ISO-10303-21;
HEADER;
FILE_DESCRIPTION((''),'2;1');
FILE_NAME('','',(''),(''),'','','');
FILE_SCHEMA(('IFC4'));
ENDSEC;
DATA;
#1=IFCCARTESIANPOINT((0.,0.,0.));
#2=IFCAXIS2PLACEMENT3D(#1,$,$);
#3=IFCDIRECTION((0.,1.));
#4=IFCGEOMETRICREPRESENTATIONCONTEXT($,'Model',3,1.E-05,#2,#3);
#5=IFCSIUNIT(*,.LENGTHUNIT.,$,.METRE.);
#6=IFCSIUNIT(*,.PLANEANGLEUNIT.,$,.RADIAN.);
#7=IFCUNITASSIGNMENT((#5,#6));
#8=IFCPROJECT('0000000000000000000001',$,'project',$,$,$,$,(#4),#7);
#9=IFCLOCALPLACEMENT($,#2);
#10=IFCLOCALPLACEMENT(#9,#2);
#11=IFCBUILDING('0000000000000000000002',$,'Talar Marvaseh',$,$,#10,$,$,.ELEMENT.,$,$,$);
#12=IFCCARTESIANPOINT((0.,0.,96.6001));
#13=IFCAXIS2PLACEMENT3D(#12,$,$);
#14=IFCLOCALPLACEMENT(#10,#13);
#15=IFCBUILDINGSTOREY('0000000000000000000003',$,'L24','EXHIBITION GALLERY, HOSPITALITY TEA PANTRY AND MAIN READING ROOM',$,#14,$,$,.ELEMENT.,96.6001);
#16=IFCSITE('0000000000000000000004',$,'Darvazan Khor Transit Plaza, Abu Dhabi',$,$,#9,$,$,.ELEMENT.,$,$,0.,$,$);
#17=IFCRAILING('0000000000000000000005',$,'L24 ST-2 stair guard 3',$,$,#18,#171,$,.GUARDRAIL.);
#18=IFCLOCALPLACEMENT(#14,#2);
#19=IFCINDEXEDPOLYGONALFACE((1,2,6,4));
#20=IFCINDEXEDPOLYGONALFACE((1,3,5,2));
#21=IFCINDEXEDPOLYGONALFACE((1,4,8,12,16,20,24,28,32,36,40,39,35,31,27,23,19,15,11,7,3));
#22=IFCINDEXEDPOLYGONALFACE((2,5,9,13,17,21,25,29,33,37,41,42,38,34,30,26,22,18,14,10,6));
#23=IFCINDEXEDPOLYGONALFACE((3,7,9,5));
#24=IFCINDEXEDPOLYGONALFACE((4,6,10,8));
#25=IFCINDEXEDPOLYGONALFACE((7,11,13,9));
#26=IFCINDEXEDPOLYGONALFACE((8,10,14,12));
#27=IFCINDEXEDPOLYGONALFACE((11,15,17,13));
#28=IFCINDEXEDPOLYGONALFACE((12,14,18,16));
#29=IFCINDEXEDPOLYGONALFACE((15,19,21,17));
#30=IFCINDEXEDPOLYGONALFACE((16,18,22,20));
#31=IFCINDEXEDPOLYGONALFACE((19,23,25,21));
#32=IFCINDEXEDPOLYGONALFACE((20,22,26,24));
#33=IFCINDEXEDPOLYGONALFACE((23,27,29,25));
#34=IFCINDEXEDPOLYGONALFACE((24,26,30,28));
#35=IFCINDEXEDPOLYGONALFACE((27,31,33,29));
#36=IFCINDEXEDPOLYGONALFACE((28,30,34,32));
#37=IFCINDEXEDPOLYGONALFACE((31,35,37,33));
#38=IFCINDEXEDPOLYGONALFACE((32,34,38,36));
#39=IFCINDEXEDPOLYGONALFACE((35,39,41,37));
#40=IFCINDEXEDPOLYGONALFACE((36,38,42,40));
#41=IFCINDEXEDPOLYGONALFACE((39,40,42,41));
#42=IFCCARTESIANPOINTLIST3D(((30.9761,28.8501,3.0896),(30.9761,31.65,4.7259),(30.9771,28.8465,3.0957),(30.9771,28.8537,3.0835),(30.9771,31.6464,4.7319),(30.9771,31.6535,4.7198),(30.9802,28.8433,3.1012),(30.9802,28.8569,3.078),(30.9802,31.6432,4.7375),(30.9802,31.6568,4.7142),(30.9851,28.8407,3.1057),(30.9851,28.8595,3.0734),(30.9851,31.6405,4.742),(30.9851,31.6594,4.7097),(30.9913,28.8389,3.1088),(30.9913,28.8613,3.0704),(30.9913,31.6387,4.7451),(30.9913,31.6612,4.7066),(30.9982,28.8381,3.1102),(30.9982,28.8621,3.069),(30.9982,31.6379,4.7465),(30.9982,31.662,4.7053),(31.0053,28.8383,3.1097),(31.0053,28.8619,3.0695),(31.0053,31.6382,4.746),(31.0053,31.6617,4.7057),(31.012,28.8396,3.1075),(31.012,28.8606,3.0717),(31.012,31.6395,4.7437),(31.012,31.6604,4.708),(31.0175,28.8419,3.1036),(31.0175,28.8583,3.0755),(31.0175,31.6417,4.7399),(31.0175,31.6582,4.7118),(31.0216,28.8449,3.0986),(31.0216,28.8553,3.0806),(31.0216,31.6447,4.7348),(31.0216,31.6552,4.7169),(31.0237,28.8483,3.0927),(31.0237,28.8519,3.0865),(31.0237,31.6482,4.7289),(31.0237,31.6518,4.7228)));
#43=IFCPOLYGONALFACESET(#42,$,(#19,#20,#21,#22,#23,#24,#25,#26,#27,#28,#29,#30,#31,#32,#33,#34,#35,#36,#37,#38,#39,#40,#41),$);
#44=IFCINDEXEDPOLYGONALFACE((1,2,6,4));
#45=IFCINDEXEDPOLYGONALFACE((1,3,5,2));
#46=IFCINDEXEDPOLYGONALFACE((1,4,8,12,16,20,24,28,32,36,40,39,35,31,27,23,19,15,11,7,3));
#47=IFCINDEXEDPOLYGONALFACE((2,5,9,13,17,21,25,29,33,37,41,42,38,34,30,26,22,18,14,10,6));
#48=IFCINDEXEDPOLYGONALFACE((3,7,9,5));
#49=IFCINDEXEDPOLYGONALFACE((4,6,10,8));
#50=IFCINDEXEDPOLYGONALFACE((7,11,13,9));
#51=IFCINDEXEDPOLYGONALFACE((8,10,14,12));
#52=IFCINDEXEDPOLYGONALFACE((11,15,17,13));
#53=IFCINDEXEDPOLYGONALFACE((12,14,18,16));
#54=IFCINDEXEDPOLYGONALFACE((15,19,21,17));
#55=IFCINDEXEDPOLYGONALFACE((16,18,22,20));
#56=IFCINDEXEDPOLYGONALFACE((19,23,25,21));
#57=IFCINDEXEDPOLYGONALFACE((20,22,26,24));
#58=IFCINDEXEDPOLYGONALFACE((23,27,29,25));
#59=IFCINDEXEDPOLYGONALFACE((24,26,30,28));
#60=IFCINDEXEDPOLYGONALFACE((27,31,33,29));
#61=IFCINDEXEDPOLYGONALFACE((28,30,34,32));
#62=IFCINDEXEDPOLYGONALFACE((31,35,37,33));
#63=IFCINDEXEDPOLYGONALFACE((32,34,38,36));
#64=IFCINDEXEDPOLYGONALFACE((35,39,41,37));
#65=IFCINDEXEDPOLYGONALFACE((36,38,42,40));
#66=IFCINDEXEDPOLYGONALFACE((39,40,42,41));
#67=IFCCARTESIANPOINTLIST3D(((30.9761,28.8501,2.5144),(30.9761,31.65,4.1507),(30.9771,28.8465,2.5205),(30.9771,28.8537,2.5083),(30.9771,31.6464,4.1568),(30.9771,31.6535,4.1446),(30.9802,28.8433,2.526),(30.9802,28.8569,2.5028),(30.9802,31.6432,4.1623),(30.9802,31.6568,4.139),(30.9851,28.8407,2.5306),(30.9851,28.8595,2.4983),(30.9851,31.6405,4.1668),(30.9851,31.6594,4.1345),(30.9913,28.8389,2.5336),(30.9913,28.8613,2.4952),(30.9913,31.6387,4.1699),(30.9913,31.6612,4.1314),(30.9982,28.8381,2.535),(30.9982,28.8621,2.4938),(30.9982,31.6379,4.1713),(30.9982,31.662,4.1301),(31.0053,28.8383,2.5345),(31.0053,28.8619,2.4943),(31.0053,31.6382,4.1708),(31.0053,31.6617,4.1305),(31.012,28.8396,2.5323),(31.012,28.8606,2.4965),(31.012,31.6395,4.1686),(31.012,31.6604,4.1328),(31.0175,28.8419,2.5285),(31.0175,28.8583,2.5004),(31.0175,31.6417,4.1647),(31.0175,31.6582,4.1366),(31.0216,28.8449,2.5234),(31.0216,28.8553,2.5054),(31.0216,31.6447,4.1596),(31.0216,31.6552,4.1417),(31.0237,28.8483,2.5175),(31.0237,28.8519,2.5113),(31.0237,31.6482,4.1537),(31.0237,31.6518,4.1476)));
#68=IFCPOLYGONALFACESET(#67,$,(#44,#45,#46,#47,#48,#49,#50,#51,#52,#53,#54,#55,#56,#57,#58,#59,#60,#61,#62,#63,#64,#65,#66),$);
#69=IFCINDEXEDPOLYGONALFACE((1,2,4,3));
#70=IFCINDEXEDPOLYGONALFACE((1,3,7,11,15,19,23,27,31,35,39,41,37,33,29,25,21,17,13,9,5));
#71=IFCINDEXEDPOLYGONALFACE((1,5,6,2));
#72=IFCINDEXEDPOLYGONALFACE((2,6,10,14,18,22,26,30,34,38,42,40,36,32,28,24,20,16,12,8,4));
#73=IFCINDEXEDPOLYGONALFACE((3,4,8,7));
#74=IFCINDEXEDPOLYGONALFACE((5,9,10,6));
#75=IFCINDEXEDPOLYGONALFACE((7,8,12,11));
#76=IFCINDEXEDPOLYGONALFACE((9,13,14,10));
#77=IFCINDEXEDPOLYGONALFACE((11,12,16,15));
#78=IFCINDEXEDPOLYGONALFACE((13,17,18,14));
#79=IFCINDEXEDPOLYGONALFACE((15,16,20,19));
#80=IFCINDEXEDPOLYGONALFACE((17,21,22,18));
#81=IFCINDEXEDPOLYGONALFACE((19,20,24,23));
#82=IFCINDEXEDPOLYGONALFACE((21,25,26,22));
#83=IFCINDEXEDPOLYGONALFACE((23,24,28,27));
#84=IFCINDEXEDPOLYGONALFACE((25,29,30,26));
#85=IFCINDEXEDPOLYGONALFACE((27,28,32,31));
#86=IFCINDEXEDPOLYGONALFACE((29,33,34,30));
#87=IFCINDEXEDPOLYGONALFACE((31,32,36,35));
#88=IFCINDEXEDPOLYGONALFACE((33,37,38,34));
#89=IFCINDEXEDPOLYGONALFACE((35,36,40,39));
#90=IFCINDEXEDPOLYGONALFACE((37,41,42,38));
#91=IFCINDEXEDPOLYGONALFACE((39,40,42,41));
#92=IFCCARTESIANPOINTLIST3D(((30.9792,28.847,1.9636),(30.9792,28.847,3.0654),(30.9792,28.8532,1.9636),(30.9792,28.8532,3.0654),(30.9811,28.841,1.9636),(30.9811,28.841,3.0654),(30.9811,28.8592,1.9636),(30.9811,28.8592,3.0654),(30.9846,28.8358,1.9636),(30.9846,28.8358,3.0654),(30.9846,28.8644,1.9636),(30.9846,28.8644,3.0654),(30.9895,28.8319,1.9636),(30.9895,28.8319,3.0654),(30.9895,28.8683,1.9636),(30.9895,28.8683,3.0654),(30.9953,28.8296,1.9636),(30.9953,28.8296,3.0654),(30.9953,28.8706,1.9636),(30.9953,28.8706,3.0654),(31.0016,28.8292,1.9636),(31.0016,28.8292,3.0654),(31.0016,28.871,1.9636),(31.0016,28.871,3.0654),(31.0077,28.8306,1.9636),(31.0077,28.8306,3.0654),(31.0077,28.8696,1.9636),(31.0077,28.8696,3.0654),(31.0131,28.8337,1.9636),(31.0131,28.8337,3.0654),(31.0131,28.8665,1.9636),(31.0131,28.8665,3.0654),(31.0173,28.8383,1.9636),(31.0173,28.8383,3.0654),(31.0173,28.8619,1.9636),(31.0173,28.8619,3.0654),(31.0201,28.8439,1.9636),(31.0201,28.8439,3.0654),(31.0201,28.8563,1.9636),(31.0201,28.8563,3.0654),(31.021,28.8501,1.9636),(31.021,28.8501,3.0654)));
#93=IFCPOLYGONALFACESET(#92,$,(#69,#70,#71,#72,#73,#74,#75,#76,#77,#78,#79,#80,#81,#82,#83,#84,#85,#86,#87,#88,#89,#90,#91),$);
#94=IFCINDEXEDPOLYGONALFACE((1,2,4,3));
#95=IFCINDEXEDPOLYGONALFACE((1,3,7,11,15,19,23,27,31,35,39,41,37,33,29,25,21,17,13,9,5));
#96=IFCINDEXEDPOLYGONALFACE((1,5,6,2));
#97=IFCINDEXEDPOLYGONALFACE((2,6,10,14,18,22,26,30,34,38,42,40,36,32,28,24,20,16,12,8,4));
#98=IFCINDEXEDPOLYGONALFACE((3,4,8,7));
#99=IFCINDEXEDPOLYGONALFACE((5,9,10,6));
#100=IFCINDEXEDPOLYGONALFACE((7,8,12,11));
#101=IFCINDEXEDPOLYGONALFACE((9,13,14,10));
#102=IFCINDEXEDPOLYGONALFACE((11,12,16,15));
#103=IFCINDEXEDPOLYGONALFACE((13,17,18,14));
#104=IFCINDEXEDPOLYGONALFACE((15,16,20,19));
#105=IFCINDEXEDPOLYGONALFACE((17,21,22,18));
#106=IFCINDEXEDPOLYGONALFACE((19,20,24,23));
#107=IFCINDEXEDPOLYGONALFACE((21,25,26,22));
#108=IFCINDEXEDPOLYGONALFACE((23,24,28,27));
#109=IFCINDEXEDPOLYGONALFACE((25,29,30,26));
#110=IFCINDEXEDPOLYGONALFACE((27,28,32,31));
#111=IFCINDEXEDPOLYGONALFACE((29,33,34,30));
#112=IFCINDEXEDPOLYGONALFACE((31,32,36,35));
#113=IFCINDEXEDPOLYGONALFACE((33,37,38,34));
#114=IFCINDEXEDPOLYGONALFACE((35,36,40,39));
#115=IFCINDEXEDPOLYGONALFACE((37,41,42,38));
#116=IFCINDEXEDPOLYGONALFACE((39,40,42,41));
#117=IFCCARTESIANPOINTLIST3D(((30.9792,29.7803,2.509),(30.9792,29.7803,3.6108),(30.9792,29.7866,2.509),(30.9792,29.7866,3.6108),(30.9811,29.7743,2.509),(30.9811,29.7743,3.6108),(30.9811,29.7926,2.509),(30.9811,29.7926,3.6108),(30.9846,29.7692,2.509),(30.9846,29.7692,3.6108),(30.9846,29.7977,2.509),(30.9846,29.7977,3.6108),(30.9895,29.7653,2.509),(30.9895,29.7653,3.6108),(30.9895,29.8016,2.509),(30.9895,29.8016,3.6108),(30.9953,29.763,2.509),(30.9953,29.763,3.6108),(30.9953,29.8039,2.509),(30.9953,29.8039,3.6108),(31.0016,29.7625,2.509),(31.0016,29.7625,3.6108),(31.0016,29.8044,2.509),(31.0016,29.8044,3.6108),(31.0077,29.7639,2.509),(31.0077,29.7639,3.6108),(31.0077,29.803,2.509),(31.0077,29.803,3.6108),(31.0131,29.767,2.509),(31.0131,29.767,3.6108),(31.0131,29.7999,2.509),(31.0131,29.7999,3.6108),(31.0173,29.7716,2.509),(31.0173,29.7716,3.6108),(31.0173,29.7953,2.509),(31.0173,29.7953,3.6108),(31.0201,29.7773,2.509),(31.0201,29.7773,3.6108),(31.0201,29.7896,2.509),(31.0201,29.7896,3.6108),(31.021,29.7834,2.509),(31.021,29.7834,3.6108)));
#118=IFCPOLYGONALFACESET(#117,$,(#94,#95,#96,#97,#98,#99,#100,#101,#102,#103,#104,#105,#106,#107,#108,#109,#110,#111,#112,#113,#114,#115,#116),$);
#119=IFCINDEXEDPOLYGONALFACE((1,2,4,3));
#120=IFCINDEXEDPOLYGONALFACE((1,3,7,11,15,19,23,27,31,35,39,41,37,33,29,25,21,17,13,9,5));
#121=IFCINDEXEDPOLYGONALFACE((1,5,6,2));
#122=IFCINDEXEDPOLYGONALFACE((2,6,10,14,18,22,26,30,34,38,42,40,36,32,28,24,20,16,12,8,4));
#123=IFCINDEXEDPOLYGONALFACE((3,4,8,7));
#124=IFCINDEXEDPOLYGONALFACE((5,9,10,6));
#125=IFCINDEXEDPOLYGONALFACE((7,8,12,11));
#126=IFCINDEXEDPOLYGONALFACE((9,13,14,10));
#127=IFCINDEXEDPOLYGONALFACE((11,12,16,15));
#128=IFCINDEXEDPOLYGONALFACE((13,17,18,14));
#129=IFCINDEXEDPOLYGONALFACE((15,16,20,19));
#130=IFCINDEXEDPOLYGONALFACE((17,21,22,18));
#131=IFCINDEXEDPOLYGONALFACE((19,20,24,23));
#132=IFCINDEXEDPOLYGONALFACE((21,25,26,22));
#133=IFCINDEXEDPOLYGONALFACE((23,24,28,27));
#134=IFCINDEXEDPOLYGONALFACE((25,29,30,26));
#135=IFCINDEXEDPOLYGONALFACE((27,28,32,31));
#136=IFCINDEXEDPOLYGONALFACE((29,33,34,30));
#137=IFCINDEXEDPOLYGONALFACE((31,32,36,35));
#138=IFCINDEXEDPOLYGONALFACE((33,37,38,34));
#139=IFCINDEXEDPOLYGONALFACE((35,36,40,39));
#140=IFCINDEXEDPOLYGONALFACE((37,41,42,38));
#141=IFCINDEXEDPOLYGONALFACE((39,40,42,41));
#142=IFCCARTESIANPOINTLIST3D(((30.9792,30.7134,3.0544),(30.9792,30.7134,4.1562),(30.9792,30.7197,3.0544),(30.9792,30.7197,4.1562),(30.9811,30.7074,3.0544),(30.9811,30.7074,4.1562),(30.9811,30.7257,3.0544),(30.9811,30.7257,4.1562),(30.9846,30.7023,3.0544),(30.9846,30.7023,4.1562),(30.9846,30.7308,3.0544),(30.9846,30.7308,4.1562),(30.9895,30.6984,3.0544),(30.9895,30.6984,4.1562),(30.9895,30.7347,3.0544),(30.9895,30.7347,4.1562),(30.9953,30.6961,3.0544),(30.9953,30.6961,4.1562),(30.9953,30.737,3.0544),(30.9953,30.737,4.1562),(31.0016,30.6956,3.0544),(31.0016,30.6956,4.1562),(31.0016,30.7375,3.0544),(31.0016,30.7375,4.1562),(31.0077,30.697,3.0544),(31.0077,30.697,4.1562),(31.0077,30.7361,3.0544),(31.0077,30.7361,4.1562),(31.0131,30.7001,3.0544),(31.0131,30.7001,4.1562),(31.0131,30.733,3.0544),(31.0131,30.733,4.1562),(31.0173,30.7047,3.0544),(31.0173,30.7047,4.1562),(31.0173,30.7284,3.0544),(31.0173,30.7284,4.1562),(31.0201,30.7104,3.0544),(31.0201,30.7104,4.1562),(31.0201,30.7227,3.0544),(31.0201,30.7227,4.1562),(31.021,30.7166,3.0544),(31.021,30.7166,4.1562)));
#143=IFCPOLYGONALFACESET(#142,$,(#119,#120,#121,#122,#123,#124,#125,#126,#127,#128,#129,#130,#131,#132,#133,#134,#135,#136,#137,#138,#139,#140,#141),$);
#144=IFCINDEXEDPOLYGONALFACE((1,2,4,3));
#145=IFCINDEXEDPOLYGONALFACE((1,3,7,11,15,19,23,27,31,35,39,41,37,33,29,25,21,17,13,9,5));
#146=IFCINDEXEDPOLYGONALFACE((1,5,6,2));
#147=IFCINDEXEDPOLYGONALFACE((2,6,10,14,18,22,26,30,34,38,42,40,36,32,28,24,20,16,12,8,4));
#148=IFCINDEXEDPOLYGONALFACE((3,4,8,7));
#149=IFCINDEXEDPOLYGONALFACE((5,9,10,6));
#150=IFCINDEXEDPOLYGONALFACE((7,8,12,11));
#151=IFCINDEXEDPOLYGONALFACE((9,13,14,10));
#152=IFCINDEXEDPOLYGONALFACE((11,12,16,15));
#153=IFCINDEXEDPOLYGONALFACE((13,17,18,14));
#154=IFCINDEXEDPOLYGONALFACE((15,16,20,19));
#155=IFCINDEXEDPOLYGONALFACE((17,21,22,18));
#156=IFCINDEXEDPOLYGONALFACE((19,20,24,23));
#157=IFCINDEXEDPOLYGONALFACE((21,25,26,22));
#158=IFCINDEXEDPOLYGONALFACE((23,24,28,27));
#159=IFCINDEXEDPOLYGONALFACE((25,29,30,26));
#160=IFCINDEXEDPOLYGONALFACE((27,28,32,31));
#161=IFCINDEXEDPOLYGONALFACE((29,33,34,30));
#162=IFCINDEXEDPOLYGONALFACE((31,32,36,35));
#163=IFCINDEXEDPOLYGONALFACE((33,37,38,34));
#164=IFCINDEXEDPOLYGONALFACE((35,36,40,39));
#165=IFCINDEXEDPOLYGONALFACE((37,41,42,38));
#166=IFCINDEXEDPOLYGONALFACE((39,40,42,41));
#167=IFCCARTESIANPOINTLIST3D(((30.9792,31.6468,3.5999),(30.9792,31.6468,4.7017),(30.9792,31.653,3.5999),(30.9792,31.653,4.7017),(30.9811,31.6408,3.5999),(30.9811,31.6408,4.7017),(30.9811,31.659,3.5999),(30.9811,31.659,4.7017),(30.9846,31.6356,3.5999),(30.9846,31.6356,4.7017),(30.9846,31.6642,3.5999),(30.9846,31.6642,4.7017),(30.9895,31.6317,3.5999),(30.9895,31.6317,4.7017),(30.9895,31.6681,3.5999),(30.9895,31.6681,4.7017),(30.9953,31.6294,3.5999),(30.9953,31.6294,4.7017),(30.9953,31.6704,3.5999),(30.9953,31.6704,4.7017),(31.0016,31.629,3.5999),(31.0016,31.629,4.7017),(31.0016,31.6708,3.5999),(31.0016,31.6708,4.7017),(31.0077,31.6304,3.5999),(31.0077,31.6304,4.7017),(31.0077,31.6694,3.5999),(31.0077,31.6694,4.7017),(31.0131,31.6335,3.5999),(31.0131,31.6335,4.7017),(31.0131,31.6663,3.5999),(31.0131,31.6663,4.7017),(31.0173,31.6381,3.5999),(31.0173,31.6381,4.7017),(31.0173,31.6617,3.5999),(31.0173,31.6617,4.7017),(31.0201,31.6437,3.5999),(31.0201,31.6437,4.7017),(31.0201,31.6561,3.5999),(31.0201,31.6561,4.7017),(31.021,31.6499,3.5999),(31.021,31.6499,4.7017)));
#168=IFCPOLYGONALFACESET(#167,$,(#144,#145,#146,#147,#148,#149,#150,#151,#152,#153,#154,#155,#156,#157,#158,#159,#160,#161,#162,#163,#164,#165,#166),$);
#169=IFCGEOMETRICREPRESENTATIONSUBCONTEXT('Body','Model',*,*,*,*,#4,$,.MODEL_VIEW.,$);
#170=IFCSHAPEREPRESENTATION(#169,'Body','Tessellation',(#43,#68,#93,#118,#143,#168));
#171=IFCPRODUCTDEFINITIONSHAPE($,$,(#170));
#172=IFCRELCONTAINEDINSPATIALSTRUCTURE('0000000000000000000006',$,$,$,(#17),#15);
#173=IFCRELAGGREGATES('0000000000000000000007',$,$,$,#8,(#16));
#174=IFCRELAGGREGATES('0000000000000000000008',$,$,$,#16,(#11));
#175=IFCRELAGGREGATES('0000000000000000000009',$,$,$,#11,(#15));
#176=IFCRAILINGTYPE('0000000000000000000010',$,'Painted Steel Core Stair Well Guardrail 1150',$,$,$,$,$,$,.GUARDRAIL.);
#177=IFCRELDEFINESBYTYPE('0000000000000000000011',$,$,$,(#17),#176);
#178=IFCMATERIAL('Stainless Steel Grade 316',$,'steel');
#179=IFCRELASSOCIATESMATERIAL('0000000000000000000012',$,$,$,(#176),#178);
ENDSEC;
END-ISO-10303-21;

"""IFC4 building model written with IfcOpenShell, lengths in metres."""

from ifc_helpers import new_model, si_unit, direction, frame, origin, origin_2d, place, context, subcontext, project, spatial, circle, extrude, material, type_object, element, save


model = new_model("IFC4")

# Units and contexts
model_context = context("Model", 3, precision=1e-05, world=origin(), true_north=direction((0.0, 1.0)))
body_context = subcontext(model_context, "Body", "Model", "MODEL_VIEW")
ifc_project = project(units=[si_unit("LENGTHUNIT", "METRE"), si_unit("PLANEANGLEUNIT", "RADIAN")], contexts=[model_context])

# Site, building, storey
site_placement = place(None, origin())
site = spatial("IfcSite", under=ifc_project, at=site_placement, Name="Darvazan Khor Transit Plaza, Abu Dhabi", CompositionType="ELEMENT", RefElevation=0.0)
building_placement = place(site_placement, origin())
building = spatial("IfcBuilding", under=site, at=building_placement, Name="Talar Marvaseh", CompositionType="ELEMENT")
storey_placement = place(building_placement, frame((0.0, 0.0, 96.6001)))
storey = spatial("IfcBuildingStorey", under=building, at=storey_placement, Name="L24", Description="EXHIBITION GALLERY, HOSPITALITY TEA PANTRY AND MAIN READING ROOM", CompositionType="ELEMENT", Elevation=96.6001)

# Railing
ifc_material_1 = material(Name="Stainless Steel Grade 316", Category="steel")
railing_type_1 = type_object("IfcRailingType", Name="Painted Steel Core Stair Well Guardrail 1150", PredefinedType="GUARDRAIL", material=ifc_material_1)
railing_1_placement = place(storey_placement, frame((31.0, 28.8501, 1.9636)))
element("IfcRailing", 1, at=railing_1_placement, inside=storey, type_object=railing_type_1, Name="L24 ST-2 stair guard 3", PredefinedType="GUARDRAIL", context=body_context, shape_type="SweptSolid", body=[
    extrude(circle(Radius=0.0239, at=origin_2d()), frame((0.0, 0.0, 1.126), z_axis=(0.0, 0.863374, 0.504564), x_axis=(-1.0, 0.0, 0.0)), (0.0, 0.0, 1.0), 3.2429),
    extrude(circle(Radius=0.0239, at=origin_2d()), frame((0.0, 0.0, 0.5508), z_axis=(0.0, 0.863374, 0.504564), x_axis=(-1.0, 0.0, 0.0)), (0.0, 0.0, 1.0), 3.2429),
    extrude(circle(Radius=0.021, at=origin_2d()), origin(), (0.0, 0.0, 1.0), 1.1018),
    extrude(circle(Radius=0.021, at=origin_2d()), frame((0.0, 0.9333, 0.5454)), (0.0, 0.0, 1.0), 1.1018),
    extrude(circle(Radius=0.021, at=origin_2d()), frame((0.0, 1.8665, 1.0908)), (0.0, 0.0, 1.0), 1.1018),
    extrude(circle(Radius=0.021, at=origin_2d()), frame((0.0, 2.7998, 1.6362)), (0.0, 0.0, 1.0), 1.1018),
])

save(model, "model.ifc")
